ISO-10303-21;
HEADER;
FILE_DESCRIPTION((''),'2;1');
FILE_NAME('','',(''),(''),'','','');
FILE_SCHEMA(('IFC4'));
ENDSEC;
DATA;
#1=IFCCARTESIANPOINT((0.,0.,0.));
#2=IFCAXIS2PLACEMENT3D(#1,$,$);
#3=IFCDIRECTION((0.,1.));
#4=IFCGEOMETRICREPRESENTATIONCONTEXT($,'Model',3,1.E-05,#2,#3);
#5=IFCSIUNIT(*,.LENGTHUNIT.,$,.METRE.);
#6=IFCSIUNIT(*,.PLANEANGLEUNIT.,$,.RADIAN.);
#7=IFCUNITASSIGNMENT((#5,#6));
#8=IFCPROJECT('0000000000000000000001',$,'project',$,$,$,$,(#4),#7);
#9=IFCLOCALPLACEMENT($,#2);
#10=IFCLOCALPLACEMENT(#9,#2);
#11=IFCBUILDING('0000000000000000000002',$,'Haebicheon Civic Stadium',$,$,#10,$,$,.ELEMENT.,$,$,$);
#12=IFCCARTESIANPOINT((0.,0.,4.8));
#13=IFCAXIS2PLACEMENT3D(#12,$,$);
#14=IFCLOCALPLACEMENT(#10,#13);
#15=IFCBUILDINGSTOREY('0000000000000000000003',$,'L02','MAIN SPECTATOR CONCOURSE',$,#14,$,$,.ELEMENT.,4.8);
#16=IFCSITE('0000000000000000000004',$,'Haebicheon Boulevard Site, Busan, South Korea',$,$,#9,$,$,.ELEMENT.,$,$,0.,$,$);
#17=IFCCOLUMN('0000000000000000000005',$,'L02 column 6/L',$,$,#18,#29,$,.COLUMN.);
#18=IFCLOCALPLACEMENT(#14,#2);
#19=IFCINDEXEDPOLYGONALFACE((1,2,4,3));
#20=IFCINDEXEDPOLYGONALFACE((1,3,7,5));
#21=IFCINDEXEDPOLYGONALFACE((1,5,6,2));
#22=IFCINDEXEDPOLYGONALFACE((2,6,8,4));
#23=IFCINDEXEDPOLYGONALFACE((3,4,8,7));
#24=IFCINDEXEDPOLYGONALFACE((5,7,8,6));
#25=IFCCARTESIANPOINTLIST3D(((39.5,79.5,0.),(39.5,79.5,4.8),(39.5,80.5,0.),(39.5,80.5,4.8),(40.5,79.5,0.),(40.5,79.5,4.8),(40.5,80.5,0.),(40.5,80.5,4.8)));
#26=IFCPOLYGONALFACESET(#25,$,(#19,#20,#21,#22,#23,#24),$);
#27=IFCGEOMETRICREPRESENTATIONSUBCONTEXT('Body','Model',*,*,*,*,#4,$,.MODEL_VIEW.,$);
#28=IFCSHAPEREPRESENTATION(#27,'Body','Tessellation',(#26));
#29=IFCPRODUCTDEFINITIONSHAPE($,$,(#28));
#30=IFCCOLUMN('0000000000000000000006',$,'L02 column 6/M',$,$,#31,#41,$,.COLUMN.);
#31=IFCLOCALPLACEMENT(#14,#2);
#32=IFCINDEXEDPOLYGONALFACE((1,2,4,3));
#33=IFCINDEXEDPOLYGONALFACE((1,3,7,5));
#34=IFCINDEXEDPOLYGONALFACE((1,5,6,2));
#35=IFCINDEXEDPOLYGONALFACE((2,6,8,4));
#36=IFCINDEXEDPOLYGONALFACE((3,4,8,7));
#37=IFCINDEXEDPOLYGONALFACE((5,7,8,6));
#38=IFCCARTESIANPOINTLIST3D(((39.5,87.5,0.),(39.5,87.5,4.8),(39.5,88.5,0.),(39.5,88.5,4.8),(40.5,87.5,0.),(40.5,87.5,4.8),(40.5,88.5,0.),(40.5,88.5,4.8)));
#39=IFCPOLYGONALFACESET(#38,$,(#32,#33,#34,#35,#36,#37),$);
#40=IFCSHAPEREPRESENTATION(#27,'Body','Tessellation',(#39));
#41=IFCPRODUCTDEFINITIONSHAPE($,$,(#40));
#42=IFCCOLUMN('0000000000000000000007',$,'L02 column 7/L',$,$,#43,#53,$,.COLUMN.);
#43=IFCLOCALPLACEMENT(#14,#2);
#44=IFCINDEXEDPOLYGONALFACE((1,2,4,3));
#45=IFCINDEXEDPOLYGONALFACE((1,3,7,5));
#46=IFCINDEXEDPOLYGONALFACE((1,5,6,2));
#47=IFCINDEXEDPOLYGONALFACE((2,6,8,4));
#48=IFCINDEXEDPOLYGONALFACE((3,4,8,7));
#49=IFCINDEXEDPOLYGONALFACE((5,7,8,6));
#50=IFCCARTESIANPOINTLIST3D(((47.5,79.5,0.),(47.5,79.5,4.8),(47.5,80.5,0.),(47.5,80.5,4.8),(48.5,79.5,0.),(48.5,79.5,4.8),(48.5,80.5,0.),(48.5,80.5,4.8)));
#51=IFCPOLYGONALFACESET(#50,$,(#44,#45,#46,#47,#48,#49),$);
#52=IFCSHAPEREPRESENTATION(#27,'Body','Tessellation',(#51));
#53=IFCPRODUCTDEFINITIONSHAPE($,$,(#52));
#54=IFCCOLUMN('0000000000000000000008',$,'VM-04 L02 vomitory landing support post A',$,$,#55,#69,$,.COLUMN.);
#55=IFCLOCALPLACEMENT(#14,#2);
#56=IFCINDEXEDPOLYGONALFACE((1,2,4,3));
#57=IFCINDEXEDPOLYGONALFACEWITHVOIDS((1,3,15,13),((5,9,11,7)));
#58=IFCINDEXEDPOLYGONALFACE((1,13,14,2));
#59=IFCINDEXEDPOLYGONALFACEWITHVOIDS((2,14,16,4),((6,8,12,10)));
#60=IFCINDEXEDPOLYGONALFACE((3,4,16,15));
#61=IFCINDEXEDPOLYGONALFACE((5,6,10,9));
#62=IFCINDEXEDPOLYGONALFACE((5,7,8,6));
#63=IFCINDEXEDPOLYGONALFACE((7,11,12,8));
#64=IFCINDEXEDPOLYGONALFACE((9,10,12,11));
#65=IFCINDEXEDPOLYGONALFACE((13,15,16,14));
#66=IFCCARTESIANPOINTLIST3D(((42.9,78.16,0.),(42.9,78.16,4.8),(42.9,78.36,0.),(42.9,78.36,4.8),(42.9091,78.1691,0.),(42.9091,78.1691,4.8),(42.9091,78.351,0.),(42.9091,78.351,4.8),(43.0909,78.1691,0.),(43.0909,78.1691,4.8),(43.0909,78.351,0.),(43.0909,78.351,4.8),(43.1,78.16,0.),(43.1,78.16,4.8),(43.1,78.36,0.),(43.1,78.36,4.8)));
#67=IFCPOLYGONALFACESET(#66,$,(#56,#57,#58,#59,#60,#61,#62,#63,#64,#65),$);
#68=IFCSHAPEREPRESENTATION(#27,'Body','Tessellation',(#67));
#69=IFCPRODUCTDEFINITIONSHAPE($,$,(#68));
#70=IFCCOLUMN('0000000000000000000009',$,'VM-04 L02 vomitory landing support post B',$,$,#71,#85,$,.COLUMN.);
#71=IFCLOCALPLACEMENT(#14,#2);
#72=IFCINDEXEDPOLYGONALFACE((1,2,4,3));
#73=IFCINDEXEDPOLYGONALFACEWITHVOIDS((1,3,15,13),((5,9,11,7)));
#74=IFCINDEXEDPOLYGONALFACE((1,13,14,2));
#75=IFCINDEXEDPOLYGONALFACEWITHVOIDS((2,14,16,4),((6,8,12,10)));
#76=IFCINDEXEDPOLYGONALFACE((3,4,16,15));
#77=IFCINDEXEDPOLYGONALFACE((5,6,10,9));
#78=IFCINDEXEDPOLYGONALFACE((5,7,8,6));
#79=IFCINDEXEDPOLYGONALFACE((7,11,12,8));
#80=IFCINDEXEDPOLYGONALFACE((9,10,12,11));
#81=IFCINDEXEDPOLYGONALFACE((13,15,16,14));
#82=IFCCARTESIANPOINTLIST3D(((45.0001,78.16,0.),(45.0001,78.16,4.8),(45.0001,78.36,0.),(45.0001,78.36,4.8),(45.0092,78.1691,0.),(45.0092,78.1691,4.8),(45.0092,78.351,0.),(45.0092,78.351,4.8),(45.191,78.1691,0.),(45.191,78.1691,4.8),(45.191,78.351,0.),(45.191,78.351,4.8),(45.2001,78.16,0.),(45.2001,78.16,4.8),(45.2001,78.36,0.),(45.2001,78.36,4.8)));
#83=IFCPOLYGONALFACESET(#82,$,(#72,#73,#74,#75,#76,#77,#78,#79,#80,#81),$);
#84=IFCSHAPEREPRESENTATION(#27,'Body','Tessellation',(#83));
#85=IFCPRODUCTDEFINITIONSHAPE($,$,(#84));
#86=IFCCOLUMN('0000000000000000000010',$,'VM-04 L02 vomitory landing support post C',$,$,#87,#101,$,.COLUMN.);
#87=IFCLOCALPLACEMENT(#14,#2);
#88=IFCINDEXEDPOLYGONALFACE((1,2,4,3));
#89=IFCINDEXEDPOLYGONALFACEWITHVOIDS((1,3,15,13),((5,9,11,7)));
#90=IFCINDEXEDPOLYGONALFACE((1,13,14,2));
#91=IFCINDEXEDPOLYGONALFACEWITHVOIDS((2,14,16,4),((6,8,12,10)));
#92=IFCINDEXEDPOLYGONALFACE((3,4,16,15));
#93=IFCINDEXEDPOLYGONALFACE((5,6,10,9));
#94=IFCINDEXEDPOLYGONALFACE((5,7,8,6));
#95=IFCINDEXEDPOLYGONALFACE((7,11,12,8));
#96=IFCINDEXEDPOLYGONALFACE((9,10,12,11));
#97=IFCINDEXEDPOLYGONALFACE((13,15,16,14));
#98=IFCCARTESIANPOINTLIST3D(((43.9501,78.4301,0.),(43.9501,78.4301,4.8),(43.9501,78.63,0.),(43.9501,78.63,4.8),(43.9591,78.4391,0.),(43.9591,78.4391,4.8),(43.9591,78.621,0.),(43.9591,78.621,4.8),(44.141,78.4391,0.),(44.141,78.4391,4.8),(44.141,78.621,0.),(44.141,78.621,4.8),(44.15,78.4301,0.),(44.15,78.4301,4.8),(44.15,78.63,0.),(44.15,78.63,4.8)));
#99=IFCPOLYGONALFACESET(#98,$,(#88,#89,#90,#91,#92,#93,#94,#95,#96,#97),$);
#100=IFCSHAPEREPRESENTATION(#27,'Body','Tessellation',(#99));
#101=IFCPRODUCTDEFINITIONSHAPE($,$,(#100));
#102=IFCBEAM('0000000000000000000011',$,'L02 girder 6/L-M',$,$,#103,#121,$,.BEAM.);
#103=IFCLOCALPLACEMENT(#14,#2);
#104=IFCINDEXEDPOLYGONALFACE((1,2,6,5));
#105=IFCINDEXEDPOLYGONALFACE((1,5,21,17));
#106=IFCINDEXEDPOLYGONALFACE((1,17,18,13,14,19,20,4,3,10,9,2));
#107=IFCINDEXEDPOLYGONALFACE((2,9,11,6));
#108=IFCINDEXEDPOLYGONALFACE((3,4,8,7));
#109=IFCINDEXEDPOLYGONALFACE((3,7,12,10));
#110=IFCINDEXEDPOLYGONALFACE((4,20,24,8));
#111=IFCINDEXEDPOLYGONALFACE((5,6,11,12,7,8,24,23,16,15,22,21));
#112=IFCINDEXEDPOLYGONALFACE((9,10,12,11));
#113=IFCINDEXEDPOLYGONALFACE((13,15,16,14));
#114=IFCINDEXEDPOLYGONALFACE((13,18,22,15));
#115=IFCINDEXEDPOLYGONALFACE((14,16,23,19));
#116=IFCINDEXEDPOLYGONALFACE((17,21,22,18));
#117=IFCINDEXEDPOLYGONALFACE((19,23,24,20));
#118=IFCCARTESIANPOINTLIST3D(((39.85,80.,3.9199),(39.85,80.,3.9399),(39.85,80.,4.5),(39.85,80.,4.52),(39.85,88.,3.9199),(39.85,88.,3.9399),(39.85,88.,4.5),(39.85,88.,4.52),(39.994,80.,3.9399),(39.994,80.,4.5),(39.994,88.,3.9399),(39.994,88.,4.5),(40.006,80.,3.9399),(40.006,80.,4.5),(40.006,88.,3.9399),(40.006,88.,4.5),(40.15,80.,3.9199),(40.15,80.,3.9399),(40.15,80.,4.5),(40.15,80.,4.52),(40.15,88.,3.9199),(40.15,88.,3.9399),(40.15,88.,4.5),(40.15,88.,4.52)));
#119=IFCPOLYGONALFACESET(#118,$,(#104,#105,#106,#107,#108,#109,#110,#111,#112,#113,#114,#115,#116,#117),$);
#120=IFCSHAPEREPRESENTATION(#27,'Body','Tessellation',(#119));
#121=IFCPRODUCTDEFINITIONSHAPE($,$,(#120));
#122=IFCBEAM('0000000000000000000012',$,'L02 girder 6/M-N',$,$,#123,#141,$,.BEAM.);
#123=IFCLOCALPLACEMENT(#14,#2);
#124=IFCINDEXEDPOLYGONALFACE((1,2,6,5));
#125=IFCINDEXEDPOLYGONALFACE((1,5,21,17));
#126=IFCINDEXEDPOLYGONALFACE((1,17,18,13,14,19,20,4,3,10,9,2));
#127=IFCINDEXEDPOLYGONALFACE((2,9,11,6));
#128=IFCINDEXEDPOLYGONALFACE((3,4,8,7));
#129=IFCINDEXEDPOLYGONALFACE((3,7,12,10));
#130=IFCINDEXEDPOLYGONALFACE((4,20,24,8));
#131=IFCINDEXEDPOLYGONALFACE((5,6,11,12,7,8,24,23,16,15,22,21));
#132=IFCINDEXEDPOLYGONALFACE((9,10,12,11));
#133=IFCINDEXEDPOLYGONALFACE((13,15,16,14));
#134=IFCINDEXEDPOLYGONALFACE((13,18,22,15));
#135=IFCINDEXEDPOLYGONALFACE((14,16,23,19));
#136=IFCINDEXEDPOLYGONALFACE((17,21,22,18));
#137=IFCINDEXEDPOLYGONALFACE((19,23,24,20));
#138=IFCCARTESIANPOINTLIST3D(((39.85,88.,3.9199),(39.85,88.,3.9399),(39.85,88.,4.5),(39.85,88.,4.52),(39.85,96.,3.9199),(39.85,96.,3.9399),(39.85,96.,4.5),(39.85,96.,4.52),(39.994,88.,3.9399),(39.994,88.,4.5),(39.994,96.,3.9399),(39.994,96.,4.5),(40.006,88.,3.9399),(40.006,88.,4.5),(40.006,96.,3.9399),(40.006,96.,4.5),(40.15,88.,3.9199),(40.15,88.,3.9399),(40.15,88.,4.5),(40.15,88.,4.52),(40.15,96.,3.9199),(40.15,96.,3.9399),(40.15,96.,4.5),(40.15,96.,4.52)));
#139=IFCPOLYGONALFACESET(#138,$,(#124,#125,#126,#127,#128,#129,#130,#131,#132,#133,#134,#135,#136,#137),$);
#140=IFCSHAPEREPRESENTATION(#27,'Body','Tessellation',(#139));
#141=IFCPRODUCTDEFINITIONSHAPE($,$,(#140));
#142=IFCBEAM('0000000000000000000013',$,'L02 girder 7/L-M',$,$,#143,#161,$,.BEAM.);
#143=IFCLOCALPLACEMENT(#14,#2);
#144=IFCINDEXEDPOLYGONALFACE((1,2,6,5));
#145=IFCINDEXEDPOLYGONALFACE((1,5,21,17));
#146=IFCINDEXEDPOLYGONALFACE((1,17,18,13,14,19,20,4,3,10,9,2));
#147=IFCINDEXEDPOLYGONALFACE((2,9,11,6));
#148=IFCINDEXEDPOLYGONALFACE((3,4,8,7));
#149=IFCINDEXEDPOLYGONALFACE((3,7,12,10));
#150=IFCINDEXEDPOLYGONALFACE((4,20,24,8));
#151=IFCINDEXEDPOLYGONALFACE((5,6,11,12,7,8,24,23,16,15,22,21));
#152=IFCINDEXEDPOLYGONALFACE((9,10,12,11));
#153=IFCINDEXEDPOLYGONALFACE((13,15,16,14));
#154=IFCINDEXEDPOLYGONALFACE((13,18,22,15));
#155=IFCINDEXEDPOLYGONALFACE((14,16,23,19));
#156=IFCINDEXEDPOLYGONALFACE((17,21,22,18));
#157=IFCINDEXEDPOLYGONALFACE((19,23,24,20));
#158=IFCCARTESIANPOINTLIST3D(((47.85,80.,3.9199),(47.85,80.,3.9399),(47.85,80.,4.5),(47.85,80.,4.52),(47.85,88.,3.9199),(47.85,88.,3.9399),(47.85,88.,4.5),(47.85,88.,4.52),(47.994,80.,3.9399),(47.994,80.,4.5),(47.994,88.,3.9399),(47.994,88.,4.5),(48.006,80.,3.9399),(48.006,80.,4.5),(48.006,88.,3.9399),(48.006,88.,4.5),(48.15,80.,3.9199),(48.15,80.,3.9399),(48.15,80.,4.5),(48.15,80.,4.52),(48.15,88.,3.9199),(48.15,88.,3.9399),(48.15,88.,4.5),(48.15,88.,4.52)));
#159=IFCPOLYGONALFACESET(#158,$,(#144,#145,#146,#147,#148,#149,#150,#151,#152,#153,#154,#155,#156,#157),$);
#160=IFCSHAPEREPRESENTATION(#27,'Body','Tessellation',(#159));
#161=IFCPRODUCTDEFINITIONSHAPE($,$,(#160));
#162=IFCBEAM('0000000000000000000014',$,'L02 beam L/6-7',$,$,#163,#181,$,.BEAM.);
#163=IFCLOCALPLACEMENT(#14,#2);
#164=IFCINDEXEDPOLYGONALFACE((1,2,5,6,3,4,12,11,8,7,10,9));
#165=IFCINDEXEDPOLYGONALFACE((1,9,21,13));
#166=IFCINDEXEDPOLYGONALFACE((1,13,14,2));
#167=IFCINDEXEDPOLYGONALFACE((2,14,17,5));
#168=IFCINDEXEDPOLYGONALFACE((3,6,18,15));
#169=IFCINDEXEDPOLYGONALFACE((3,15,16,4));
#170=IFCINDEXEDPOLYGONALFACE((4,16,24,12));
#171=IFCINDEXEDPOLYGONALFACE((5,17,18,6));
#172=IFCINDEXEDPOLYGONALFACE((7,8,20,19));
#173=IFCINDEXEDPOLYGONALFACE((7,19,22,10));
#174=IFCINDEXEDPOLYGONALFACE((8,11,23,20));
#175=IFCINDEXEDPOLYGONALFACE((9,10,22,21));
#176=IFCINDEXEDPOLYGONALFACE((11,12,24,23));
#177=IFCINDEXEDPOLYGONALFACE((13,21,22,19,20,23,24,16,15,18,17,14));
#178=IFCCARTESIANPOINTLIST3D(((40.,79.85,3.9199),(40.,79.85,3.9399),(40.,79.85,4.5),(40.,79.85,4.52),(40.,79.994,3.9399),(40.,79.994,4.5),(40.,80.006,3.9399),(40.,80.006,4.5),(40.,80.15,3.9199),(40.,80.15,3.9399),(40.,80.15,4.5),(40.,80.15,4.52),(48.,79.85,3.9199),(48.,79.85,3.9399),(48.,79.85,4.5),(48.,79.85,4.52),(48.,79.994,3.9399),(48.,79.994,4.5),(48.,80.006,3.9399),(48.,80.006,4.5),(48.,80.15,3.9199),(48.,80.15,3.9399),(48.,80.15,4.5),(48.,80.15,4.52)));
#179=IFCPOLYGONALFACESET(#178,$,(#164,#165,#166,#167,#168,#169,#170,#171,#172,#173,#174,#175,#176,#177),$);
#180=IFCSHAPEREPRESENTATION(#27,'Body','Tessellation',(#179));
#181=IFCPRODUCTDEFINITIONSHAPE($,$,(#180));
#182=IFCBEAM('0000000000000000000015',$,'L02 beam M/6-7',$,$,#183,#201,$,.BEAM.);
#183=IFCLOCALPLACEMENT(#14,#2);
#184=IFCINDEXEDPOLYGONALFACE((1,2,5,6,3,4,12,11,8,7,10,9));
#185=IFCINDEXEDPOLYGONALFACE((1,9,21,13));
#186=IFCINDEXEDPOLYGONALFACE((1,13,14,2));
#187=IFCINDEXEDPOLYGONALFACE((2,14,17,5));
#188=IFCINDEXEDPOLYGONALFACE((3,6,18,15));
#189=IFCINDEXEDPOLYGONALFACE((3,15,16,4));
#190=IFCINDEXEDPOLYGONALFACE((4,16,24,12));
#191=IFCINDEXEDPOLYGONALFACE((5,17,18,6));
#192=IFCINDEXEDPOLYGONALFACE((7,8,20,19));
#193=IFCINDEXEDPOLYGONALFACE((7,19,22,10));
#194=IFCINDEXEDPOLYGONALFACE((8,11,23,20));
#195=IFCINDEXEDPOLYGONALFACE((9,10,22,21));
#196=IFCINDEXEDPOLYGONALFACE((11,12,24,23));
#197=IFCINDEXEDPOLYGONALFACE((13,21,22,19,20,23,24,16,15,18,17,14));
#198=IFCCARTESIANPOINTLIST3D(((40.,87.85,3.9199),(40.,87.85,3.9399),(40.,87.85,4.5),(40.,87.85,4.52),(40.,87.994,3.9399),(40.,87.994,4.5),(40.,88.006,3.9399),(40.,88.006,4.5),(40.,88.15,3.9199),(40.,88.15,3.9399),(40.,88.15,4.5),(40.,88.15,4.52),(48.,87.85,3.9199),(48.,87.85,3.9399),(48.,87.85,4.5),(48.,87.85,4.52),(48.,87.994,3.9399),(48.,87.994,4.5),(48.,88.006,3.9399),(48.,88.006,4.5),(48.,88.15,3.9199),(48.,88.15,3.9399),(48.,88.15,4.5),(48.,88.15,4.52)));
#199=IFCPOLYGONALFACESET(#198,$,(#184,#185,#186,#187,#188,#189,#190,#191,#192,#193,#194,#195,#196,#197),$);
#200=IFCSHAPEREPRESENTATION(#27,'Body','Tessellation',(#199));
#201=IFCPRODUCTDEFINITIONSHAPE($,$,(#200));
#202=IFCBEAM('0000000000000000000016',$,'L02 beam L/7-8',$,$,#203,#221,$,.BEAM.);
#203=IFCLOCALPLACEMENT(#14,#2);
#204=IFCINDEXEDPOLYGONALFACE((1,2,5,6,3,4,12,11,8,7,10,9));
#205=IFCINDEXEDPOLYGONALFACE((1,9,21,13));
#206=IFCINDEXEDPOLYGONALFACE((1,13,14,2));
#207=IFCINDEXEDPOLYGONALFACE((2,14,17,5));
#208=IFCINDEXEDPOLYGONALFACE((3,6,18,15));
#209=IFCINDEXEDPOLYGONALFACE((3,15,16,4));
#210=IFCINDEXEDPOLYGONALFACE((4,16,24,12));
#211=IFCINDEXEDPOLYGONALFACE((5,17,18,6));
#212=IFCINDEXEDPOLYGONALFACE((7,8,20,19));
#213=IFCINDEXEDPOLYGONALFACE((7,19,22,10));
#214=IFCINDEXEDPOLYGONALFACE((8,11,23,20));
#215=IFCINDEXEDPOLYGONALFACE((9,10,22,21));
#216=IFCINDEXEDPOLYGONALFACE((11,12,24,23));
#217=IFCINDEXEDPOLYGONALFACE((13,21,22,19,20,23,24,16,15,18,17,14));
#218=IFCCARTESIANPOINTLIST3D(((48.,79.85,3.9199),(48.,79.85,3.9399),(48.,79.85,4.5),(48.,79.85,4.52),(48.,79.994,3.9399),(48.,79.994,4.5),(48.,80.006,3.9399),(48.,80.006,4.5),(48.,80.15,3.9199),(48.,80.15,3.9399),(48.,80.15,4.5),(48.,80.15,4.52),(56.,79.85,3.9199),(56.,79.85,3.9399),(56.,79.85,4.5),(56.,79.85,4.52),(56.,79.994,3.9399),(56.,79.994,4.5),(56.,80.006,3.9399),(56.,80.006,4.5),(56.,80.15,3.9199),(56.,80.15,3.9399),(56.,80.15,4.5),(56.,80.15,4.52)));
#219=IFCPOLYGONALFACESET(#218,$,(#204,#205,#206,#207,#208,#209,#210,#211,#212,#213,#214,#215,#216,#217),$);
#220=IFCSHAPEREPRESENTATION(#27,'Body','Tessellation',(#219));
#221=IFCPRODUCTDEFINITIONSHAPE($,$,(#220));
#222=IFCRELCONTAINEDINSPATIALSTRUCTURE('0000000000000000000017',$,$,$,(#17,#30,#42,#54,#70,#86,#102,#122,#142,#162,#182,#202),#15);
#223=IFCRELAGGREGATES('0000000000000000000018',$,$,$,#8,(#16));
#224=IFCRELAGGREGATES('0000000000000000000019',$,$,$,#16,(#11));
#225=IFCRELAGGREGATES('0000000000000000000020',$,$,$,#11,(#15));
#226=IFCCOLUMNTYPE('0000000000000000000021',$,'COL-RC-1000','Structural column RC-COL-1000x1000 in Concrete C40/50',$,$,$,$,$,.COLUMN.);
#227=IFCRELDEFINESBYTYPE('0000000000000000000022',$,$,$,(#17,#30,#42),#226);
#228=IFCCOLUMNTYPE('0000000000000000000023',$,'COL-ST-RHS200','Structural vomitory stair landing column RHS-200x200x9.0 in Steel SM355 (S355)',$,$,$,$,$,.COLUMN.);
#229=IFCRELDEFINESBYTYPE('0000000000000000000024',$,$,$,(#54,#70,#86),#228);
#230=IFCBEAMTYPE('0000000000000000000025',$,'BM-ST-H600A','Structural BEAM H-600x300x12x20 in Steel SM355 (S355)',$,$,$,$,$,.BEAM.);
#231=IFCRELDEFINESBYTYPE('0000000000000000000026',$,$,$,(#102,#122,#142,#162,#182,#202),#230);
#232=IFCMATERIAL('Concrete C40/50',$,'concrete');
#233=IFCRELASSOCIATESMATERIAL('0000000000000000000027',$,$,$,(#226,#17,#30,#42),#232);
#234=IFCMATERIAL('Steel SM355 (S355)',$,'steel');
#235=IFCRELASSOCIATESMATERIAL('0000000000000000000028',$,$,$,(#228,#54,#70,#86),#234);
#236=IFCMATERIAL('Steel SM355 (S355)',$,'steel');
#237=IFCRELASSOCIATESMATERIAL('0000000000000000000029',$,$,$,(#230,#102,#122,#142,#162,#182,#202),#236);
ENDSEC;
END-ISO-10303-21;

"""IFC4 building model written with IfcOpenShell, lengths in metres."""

from ifc_helpers import new_model, si_unit, direction, frame, origin, origin_2d, place, context, subcontext, project, spatial, rectangle, hollow_rectangle, i_section, extrude, material, material_profile, profile_set, type_object, element, save


model = new_model("IFC4")

# Units and contexts
model_context = context("Model", 3, precision=1e-05, world=origin(), true_north=direction((0.0, 1.0)))
body_context = subcontext(model_context, "Body", "Model", "MODEL_VIEW")
ifc_project = project(units=[si_unit("LENGTHUNIT", "METRE"), si_unit("PLANEANGLEUNIT", "RADIAN")], contexts=[model_context])

# Site, building, storey
site_placement = place(None, origin())
site = spatial("IfcSite", under=ifc_project, at=site_placement, Name="Haebicheon Boulevard Site, Busan, South Korea", CompositionType="ELEMENT", RefElevation=0.0)
building_placement = place(site_placement, origin())
building = spatial("IfcBuilding", under=site, at=building_placement, Name="Haebicheon Civic Stadium", CompositionType="ELEMENT")
storey_placement = place(building_placement, frame((0.0, 0.0, 4.8)))
storey = spatial("IfcBuildingStorey", under=building, at=storey_placement, Name="L02", Description="MAIN SPECTATOR CONCOURSE", CompositionType="ELEMENT", Elevation=4.8)

# Columns
ifc_material_1 = material(Name="Concrete C40/50", Category="concrete")
ifc_material_profile_1 = material_profile(ifc_material_1, rectangle(XDim=1.0, YDim=1.0, at=origin_2d()), Name="RC-COL-1000x1000")
ifc_profile_set_1 = profile_set([ifc_material_profile_1], Name="Concrete C40/50")
column_type_1 = type_object("IfcColumnType", Name="COL-RC-1000", Description="Structural column RC-COL-1000x1000 in Concrete C40/50", PredefinedType="COLUMN", material=ifc_profile_set_1)
for number, where, z_axis, x_axis, name in (
    (1, (40.0, 80.0, 0.0), (0.0, 0.0, 1.0), (1.0, 0.0, 0.0), "L02 column 6/L"),
    (2, (40.0, 88.0, 0.0), (0.0, 0.0, 1.0), (1.0, 0.0, 0.0), "L02 column 6/M"),
    (3, (48.0, 80.0, 0.0), (0.0, 0.0, 1.0), (1.0, 0.0, 0.0), "L02 column 7/L"),
):
    element("IfcColumn", number, at=place(storey_placement, frame(where, z_axis=z_axis, x_axis=x_axis)), inside=storey, type_object=column_type_1, material=ifc_profile_set_1, Name=name, PredefinedType="COLUMN", context=body_context, shape_type="SweptSolid", body=[
        extrude(rectangle(XDim=1.0, YDim=1.0, at=origin_2d()), origin(), (0.0, 0.0, 1.0), 4.8),
    ])
ifc_material_2 = material(Name="Steel SM355 (S355)", Category="steel")
ifc_material_profile_2 = material_profile(ifc_material_2, hollow_rectangle(XDim=0.2, YDim=0.2, WallThickness=0.009, at=origin_2d()), Name="RHS-200x200x9.0")
ifc_profile_set_2 = profile_set([ifc_material_profile_2], Name="Steel SM355 (S355)")
column_type_2 = type_object("IfcColumnType", Name="COL-ST-RHS200", Description="Structural vomitory stair landing column RHS-200x200x9.0 in Steel SM355 (S355)", PredefinedType="COLUMN", material=ifc_profile_set_2)
for number, where, z_axis, x_axis, name in (
    (4, (43.0, 78.26, 0.0), (0.0, 0.0, 1.0), (1.0, 0.0, 0.0), "VM-04 L02 vomitory landing support post A"),
    (5, (45.1001, 78.26, 0.0), (0.0, 0.0, 1.0), (1.0, 0.0, 0.0), "VM-04 L02 vomitory landing support post B"),
    (6, (44.05, 78.53, 0.0), (0.0, 0.0, 1.0), (1.0, 0.0, 0.0), "VM-04 L02 vomitory landing support post C"),
):
    element("IfcColumn", number, at=place(storey_placement, frame(where, z_axis=z_axis, x_axis=x_axis)), inside=storey, type_object=column_type_2, material=ifc_profile_set_2, Name=name, PredefinedType="COLUMN", context=body_context, shape_type="SweptSolid", body=[
        extrude(hollow_rectangle(XDim=0.2, YDim=0.2, WallThickness=0.009, at=origin_2d()), origin(), (0.0, 0.0, 1.0), 4.8),
    ])

# Beams
ifc_material_3 = material(Name="Steel SM355 (S355)", Category="steel")
ifc_material_profile_3 = material_profile(ifc_material_3, i_section(OverallWidth=0.3, OverallDepth=0.6001, WebThickness=0.012, FlangeThickness=0.02, at=origin_2d()), Name="H-600x300x12x20")
ifc_profile_set_3 = profile_set([ifc_material_profile_3], Name="Steel SM355 (S355)")
beam_type_1 = type_object("IfcBeamType", Name="BM-ST-H600A", Description="Structural BEAM H-600x300x12x20 in Steel SM355 (S355)", PredefinedType="BEAM", material=ifc_profile_set_3)
for number, where, z_axis, x_axis, name in (
    (7, (40.0, 80.0, 4.22), (0.0, 1.0, 0.0), (-1.0, 0.0, 0.0), "L02 girder 6/L-M"),
    (8, (40.0, 88.0, 4.22), (0.0, 1.0, 0.0), (-1.0, 0.0, 0.0), "L02 girder 6/M-N"),
    (9, (48.0, 80.0, 4.22), (0.0, 1.0, 0.0), (-1.0, 0.0, 0.0), "L02 girder 7/L-M"),
    (10, (40.0, 80.0, 4.22), (1.0, 0.0, 0.0), (0.0, 1.0, 0.0), "L02 beam L/6-7"),
    (11, (40.0, 88.0, 4.22), (1.0, 0.0, 0.0), (0.0, 1.0, 0.0), "L02 beam M/6-7"),
    (12, (48.0, 80.0, 4.22), (1.0, 0.0, 0.0), (0.0, 1.0, 0.0), "L02 beam L/7-8"),
):
    element("IfcBeam", number, at=place(storey_placement, frame(where, z_axis=z_axis, x_axis=x_axis)), inside=storey, type_object=beam_type_1, material=ifc_profile_set_3, Name=name, PredefinedType="BEAM", context=body_context, shape_type="SweptSolid", body=[
        extrude(i_section(OverallWidth=0.3, OverallDepth=0.6001, WebThickness=0.012, FlangeThickness=0.02, at=origin_2d()), origin(), (0.0, 0.0, 1.0), 8.0),
    ])

save(model, "model.ifc")
